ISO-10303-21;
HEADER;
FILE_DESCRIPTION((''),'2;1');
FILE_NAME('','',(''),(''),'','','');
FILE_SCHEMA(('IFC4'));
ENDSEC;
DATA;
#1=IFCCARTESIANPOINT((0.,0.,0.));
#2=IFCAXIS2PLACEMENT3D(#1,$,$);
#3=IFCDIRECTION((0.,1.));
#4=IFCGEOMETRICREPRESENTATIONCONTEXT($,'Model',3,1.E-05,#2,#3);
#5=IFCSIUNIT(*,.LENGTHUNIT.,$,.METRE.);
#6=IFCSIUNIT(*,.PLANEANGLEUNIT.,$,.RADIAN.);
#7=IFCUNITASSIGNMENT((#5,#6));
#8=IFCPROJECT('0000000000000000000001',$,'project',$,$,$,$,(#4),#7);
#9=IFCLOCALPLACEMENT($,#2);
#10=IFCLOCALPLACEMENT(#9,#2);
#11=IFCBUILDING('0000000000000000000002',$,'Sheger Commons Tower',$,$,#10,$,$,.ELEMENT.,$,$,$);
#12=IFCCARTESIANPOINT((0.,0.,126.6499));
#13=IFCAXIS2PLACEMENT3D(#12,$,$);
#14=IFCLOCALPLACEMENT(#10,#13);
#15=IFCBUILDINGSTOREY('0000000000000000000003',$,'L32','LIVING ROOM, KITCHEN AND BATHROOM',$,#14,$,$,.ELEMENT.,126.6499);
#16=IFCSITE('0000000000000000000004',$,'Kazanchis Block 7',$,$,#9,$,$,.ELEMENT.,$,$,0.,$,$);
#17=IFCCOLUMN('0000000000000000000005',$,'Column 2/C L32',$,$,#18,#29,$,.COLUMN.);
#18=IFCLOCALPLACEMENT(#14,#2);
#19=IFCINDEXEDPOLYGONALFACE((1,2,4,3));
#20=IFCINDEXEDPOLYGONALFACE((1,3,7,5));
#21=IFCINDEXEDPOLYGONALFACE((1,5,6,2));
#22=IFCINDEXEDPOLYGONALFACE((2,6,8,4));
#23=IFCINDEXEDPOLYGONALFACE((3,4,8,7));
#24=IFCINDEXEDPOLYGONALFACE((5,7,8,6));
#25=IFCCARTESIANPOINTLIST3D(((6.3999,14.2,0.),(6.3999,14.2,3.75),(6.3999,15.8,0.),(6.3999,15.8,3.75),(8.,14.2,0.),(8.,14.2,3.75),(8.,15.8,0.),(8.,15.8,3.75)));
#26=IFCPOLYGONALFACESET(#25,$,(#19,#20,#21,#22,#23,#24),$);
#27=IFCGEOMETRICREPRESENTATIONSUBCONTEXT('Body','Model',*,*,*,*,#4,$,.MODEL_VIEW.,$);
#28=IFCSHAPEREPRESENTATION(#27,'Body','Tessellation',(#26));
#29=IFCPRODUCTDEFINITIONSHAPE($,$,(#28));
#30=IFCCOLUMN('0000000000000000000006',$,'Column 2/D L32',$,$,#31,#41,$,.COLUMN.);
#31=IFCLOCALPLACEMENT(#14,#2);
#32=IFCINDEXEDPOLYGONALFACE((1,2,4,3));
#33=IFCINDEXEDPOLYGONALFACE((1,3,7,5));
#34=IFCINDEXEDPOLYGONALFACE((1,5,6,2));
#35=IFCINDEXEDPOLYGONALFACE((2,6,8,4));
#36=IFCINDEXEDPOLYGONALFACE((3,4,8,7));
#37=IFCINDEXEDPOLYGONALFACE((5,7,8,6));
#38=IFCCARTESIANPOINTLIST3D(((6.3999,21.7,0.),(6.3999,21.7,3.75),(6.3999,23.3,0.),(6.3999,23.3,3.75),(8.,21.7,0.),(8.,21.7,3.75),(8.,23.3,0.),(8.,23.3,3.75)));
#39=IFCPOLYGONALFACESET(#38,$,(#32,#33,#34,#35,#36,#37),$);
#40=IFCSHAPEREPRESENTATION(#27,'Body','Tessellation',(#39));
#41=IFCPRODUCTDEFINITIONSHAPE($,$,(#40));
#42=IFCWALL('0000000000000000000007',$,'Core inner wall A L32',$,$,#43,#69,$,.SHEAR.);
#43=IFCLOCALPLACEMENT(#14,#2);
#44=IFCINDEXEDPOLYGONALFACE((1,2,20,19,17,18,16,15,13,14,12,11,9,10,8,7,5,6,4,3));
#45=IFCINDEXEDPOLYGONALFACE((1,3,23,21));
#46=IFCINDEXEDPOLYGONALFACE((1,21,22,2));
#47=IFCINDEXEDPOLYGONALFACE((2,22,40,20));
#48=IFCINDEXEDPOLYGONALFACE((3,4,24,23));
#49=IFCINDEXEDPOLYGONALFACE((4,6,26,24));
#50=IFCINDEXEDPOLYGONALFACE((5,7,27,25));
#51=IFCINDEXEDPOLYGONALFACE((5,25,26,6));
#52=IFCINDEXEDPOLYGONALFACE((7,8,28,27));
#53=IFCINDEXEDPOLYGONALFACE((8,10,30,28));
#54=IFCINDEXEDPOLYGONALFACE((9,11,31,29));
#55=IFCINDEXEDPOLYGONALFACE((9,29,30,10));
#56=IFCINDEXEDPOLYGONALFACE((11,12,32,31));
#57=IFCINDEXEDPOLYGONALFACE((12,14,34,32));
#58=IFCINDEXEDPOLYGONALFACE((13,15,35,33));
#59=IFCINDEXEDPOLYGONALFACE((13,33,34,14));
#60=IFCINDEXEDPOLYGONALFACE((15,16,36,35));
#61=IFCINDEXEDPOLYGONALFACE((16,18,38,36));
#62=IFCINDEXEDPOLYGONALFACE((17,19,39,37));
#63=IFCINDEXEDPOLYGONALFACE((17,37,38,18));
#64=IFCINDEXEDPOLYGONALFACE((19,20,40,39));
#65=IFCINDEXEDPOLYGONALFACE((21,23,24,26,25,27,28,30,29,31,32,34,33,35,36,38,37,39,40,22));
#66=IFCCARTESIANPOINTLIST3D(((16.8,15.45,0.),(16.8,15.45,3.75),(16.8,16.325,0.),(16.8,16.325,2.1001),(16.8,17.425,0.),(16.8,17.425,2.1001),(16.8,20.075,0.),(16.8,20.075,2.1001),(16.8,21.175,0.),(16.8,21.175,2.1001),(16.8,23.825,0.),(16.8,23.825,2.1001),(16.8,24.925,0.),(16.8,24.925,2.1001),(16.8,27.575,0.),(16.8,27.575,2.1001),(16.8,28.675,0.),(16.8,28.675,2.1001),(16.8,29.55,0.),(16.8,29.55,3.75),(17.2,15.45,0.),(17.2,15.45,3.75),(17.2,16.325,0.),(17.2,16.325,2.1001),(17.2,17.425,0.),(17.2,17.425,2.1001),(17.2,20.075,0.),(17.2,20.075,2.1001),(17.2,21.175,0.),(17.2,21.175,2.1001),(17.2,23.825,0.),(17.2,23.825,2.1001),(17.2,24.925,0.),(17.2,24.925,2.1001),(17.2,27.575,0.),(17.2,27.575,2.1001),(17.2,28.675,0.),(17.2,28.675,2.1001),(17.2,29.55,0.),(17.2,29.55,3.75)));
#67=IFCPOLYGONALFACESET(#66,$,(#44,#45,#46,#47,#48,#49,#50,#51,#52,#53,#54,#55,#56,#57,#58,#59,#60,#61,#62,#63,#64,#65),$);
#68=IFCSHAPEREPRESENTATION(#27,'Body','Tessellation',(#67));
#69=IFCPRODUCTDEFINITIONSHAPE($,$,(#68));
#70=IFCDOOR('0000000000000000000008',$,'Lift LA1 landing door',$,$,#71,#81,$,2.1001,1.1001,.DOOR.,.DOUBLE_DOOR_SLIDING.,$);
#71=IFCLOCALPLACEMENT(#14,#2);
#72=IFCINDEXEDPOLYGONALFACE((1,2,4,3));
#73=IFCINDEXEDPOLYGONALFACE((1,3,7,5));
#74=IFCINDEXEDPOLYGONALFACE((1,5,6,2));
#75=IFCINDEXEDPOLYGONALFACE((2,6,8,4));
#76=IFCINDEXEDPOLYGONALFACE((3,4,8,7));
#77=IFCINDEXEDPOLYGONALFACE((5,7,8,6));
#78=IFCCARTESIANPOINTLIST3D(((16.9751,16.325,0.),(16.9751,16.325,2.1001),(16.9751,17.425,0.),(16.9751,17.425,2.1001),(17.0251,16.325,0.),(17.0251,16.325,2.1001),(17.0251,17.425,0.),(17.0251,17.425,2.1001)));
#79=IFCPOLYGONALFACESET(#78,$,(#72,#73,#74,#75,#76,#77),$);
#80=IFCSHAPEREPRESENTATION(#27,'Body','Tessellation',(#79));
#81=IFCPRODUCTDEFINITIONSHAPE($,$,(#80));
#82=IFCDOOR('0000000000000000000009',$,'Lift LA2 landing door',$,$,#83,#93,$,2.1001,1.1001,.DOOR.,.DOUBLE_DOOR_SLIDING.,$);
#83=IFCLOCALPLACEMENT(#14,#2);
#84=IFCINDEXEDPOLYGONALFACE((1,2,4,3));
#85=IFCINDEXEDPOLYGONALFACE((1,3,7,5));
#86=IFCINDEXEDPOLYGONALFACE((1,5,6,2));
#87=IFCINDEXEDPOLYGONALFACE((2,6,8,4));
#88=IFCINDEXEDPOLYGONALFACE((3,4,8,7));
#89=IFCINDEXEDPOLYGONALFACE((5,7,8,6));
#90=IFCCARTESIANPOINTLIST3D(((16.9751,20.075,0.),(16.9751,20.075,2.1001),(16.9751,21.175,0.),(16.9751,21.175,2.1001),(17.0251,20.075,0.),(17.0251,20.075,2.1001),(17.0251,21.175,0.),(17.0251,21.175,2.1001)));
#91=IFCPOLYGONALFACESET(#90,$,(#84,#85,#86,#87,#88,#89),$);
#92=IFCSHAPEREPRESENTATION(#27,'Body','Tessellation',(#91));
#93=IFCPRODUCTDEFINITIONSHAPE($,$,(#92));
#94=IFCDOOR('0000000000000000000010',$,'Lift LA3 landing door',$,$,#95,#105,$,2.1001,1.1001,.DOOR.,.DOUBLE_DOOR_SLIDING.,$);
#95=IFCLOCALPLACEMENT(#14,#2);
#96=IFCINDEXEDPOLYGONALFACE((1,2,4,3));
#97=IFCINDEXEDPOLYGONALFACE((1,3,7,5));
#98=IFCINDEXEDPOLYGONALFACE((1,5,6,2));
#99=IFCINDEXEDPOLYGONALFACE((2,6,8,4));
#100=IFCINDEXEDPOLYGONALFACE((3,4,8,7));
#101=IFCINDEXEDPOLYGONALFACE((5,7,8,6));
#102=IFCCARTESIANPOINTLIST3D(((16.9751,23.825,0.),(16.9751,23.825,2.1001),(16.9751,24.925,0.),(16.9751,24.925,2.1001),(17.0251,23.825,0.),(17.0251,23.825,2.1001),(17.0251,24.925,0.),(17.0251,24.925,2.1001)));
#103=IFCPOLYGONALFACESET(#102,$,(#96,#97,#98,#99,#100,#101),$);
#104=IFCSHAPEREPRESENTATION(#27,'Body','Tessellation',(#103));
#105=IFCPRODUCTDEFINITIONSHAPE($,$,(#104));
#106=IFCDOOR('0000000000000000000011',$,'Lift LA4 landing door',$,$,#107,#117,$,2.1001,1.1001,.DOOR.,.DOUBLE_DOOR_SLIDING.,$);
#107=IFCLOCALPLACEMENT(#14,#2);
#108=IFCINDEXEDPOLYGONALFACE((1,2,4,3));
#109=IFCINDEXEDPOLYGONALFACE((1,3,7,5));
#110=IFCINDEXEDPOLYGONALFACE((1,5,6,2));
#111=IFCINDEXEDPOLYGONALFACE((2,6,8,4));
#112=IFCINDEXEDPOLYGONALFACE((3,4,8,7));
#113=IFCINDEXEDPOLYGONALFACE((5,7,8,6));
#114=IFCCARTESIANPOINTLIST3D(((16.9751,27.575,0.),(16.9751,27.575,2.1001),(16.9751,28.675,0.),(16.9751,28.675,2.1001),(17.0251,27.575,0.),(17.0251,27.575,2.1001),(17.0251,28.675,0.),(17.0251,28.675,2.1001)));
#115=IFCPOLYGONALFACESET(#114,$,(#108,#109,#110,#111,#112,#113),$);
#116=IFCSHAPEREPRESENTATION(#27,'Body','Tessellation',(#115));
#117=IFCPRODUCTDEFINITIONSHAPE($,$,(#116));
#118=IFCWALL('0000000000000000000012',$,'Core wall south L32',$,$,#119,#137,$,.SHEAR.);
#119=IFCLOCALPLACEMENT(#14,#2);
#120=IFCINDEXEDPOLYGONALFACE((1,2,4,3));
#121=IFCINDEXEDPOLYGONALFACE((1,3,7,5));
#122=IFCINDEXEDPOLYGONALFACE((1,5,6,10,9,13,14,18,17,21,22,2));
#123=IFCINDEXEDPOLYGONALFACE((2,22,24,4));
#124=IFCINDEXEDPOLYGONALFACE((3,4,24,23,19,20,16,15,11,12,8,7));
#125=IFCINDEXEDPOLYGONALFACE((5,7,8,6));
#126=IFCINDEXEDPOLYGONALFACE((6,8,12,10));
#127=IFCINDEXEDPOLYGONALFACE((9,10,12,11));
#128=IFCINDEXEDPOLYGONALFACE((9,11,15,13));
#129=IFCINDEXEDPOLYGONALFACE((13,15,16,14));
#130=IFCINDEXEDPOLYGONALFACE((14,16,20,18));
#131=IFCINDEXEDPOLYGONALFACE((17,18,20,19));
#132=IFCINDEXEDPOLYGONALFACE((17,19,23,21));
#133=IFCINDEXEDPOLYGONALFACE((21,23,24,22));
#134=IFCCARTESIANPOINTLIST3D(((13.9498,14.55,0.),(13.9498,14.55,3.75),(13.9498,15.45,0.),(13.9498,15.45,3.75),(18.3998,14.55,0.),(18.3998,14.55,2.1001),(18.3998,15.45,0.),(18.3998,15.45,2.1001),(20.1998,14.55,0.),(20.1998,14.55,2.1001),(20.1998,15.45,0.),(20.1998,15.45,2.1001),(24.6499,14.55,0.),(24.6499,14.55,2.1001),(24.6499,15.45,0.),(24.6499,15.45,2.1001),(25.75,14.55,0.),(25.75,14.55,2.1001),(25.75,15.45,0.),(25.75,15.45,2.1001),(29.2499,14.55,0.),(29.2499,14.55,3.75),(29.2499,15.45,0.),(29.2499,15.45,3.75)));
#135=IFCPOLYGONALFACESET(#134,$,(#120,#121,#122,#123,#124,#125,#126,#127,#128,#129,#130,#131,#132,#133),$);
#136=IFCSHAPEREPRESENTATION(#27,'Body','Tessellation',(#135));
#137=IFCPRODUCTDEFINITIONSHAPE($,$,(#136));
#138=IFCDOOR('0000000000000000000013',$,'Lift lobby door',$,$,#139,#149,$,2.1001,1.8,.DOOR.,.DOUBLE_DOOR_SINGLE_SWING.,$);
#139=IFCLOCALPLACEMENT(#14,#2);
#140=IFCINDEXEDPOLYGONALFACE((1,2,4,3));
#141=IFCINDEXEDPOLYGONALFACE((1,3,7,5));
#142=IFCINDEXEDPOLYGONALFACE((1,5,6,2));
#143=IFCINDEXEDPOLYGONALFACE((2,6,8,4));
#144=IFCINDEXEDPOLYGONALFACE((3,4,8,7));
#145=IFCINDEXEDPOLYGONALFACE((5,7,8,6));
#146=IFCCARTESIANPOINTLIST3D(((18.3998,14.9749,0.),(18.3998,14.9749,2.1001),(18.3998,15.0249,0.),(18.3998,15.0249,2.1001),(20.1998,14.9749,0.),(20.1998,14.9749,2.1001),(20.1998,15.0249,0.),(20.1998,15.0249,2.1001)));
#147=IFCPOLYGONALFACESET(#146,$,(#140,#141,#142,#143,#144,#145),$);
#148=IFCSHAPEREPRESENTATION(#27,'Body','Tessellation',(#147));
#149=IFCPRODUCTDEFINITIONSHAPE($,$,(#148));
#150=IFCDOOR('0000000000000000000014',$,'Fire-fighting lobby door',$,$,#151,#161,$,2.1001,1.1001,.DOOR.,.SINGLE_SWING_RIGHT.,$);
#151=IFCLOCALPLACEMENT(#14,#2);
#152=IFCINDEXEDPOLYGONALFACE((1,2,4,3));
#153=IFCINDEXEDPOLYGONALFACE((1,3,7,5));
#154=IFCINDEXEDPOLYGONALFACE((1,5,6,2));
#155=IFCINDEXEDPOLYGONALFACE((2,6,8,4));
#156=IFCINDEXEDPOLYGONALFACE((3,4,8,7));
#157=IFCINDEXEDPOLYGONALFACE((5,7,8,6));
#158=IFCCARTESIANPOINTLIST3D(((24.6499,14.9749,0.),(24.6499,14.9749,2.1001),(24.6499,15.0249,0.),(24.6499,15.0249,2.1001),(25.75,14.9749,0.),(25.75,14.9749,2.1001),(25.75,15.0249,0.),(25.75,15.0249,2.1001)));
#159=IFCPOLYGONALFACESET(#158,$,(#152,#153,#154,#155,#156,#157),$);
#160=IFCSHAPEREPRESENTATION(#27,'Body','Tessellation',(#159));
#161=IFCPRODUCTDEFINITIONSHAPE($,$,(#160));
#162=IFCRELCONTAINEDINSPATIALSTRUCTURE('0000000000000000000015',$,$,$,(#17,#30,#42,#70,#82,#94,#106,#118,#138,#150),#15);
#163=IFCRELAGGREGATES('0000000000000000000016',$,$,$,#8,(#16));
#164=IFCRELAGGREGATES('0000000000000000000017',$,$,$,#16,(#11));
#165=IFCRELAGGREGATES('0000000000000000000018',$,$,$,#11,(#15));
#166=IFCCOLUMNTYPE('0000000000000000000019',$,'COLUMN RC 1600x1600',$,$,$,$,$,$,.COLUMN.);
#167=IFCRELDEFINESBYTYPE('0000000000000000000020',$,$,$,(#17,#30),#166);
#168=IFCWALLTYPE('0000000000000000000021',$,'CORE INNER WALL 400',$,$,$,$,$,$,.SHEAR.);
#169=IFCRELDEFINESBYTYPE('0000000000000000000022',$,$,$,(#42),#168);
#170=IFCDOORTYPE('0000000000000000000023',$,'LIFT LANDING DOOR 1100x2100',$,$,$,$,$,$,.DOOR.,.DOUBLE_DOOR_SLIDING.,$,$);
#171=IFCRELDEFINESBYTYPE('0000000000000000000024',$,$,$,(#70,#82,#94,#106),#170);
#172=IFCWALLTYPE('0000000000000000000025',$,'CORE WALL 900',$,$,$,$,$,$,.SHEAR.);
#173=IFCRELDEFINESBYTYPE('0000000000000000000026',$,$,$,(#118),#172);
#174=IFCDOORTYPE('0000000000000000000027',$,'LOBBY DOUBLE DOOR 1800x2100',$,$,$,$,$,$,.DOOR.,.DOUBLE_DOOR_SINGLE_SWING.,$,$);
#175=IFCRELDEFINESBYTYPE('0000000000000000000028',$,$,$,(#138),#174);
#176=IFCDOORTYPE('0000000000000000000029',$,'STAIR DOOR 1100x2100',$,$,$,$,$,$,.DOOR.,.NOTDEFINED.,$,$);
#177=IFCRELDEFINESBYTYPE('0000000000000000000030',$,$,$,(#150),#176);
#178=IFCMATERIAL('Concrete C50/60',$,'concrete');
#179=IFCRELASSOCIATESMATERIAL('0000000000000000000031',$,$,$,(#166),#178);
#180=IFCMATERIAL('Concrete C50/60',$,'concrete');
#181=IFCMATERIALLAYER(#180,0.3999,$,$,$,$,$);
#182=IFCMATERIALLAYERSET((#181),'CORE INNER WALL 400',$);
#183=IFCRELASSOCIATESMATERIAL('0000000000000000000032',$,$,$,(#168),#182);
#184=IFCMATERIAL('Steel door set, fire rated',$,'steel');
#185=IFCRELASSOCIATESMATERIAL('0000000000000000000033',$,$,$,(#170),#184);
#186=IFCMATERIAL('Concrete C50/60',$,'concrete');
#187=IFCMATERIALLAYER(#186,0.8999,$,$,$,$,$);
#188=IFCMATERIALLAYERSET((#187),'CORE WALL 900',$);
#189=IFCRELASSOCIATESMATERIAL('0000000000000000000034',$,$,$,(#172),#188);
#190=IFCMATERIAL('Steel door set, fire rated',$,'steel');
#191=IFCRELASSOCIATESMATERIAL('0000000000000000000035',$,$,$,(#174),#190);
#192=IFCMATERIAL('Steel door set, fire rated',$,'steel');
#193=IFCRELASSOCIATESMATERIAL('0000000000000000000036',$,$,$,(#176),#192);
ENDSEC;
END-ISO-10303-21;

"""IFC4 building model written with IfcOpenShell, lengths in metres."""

from ifc_helpers import new_model, si_unit, direction, frame, frame_2d, origin, origin_2d, place, context, subcontext, project, spatial, rectangle, extrude, material, layer, layer_set, material_profile, profile_set, type_object, element, fill, save


model = new_model("IFC4")

# Units and contexts
model_context = context("Model", 3, precision=1e-05, world=origin(), true_north=direction((0.0, 1.0)))
body_context = subcontext(model_context, "Body", "Model", "MODEL_VIEW")
ifc_project = project(units=[si_unit("LENGTHUNIT", "METRE"), si_unit("PLANEANGLEUNIT", "RADIAN")], contexts=[model_context])

# Site, building, storey
site_placement = place(None, origin())
site = spatial("IfcSite", under=ifc_project, at=site_placement, Name="Kazanchis Block 7", CompositionType="ELEMENT", RefElevation=0.0)
building_placement = place(site_placement, origin())
building = spatial("IfcBuilding", under=site, at=building_placement, Name="Sheger Commons Tower", CompositionType="ELEMENT")
storey_placement = place(building_placement, frame((0.0, 0.0, 126.6499)))
storey = spatial("IfcBuildingStorey", under=building, at=storey_placement, Name="L32", Description="LIVING ROOM, KITCHEN AND BATHROOM", CompositionType="ELEMENT", Elevation=126.6499)

# Columns
ifc_material_1 = material(Name="Concrete C50/60", Category="concrete")
ifc_material_profile = material_profile(ifc_material_1, rectangle(XDim=1.6001, YDim=1.6001, at=origin_2d()), Name="RC 1600x1600")
ifc_profile_set = profile_set([ifc_material_profile], Name="Concrete C50/60")
column_type = type_object("IfcColumnType", Name="COLUMN RC 1600x1600", PredefinedType="COLUMN", material=ifc_profile_set)
for number, where, z_axis, x_axis, name in (
    (1, (7.2, 15.0, 0.0), (0.0, 0.0, 1.0), (1.0, 0.0, 0.0), "Column 2/C L32"),
    (2, (7.2, 22.5, 0.0), (0.0, 0.0, 1.0), (1.0, 0.0, 0.0), "Column 2/D L32"),
):
    element("IfcColumn", number, at=place(storey_placement, frame(where, z_axis=z_axis, x_axis=x_axis)), inside=storey, type_object=column_type, Name=name, PredefinedType="COLUMN", context=body_context, shape_type="SweptSolid", body=[
        extrude(rectangle(XDim=1.6001, YDim=1.6001, at=origin_2d()), origin(), (0.0, 0.0, 1.0), 3.75),
    ])

# Walls, openings, doors
ifc_material_2 = material(Name="Concrete C50/60", Category="concrete")
ifc_layer_1 = layer(ifc_material_2, 0.3999)
ifc_layer_set_1 = layer_set([ifc_layer_1], Name="CORE INNER WALL 400")
wall_type_1 = type_object("IfcWallType", Name="CORE INNER WALL 400", PredefinedType="SHEAR", material=ifc_layer_set_1)
wall_1_placement = place(storey_placement, frame((17.0, 15.45, 0.0), z_axis=(0.0, 0.0, 1.0), x_axis=(0.0, 1.0, 0.0)))
wall_1 = element("IfcWall", 3, at=wall_1_placement, inside=storey, type_object=wall_type_1, Name="Core inner wall A L32", PredefinedType="SHEAR", context=body_context, shape_type="SweptSolid", body=[
    extrude(rectangle(XDim=14.1001, YDim=0.3999, at=frame_2d((7.05, 0.0))), origin(), (0.0, 0.0, 1.0), 3.75),
])
opening_1_placement = place(wall_1_placement, frame((0.875, 0.0, 0.0)))
opening_1 = element("IfcOpeningElement", 4, at=opening_1_placement, cuts=wall_1, PredefinedType="OPENING", context=body_context, shape_type="SweptSolid", body=[
    extrude(rectangle(XDim=1.1001, YDim=2.1001, at=frame_2d((0.55, 1.05))), frame((0.0, 0.21, 0.0), z_axis=(0.0, -1.0, 0.0), x_axis=(1.0, 0.0, 0.0)), (0.0, 0.0, 1.0), 0.4199),
])
opening_2_placement = place(wall_1_placement, frame((4.625, 0.0, 0.0)))
opening_2 = element("IfcOpeningElement", 5, at=opening_2_placement, cuts=wall_1, PredefinedType="OPENING", context=body_context, shape_type="SweptSolid", body=[
    extrude(rectangle(XDim=1.1001, YDim=2.1001, at=frame_2d((0.55, 1.05))), frame((0.0, 0.21, 0.0), z_axis=(0.0, -1.0, 0.0), x_axis=(1.0, 0.0, 0.0)), (0.0, 0.0, 1.0), 0.4199),
])
opening_3_placement = place(wall_1_placement, frame((8.375, 0.0, 0.0)))
opening_3 = element("IfcOpeningElement", 6, at=opening_3_placement, cuts=wall_1, PredefinedType="OPENING", context=body_context, shape_type="SweptSolid", body=[
    extrude(rectangle(XDim=1.1001, YDim=2.1001, at=frame_2d((0.55, 1.05))), frame((0.0, 0.21, 0.0), z_axis=(0.0, -1.0, 0.0), x_axis=(1.0, 0.0, 0.0)), (0.0, 0.0, 1.0), 0.4199),
])
opening_4_placement = place(wall_1_placement, frame((12.125, 0.0, 0.0)))
opening_4 = element("IfcOpeningElement", 7, at=opening_4_placement, cuts=wall_1, PredefinedType="OPENING", context=body_context, shape_type="SweptSolid", body=[
    extrude(rectangle(XDim=1.1001, YDim=2.1001, at=frame_2d((0.55, 1.05))), frame((0.0, 0.21, 0.0), z_axis=(0.0, -1.0, 0.0), x_axis=(1.0, 0.0, 0.0)), (0.0, 0.0, 1.0), 0.4199),
])
ifc_material_3 = material(Name="Steel door set, fire rated", Category="steel")
door_type_1 = type_object("IfcDoorType", Name="LIFT LANDING DOOR 1100x2100", OperationType="DOUBLE_DOOR_SLIDING", PredefinedType="DOOR", material=ifc_material_3)
door_1_placement = place(opening_1_placement, origin())
door_1 = element("IfcDoor", 8, at=door_1_placement, inside=storey, type_object=door_type_1, Name="Lift LA1 landing door", OperationType="DOUBLE_DOOR_SLIDING", OverallHeight=2.1001, OverallWidth=1.1001, PredefinedType="DOOR", context=body_context, shape_type="SweptSolid", body=[
    extrude(rectangle(XDim=1.1001, YDim=2.1001, at=frame_2d((0.55, 1.05))), frame((0.0, 0.0249, 0.0), z_axis=(0.0, -1.0, 0.0), x_axis=(1.0, 0.0, 0.0)), (0.0, 0.0, 1.0), 0.05),
])
fill(opening_1, door_1)
door_2_placement = place(opening_2_placement, origin())
door_2 = element("IfcDoor", 9, at=door_2_placement, inside=storey, type_object=door_type_1, Name="Lift LA2 landing door", OperationType="DOUBLE_DOOR_SLIDING", OverallHeight=2.1001, OverallWidth=1.1001, PredefinedType="DOOR", context=body_context, shape_type="SweptSolid", body=[
    extrude(rectangle(XDim=1.1001, YDim=2.1001, at=frame_2d((0.55, 1.05))), frame((0.0, 0.0249, 0.0), z_axis=(0.0, -1.0, 0.0), x_axis=(1.0, 0.0, 0.0)), (0.0, 0.0, 1.0), 0.05),
])
fill(opening_2, door_2)
door_3_placement = place(opening_3_placement, origin())
door_3 = element("IfcDoor", 10, at=door_3_placement, inside=storey, type_object=door_type_1, Name="Lift LA3 landing door", OperationType="DOUBLE_DOOR_SLIDING", OverallHeight=2.1001, OverallWidth=1.1001, PredefinedType="DOOR", context=body_context, shape_type="SweptSolid", body=[
    extrude(rectangle(XDim=1.1001, YDim=2.1001, at=frame_2d((0.55, 1.05))), frame((0.0, 0.0249, 0.0), z_axis=(0.0, -1.0, 0.0), x_axis=(1.0, 0.0, 0.0)), (0.0, 0.0, 1.0), 0.05),
])
fill(opening_3, door_3)
door_4_placement = place(opening_4_placement, origin())
door_4 = element("IfcDoor", 11, at=door_4_placement, inside=storey, type_object=door_type_1, Name="Lift LA4 landing door", OperationType="DOUBLE_DOOR_SLIDING", OverallHeight=2.1001, OverallWidth=1.1001, PredefinedType="DOOR", context=body_context, shape_type="SweptSolid", body=[
    extrude(rectangle(XDim=1.1001, YDim=2.1001, at=frame_2d((0.55, 1.05))), frame((0.0, 0.0249, 0.0), z_axis=(0.0, -1.0, 0.0), x_axis=(1.0, 0.0, 0.0)), (0.0, 0.0, 1.0), 0.05),
])
fill(opening_4, door_4)
ifc_material_4 = material(Name="Concrete C50/60", Category="concrete")
ifc_layer_2 = layer(ifc_material_4, 0.8999)
ifc_layer_set_2 = layer_set([ifc_layer_2], Name="CORE WALL 900")
wall_type_2 = type_object("IfcWallType", Name="CORE WALL 900", PredefinedType="SHEAR", material=ifc_layer_set_2)
wall_2_placement = place(storey_placement, frame((13.95, 15.0, 0.0), z_axis=(0.0, 0.0, 1.0), x_axis=(1.0, 0.0, 0.0)))
wall_2 = element("IfcWall", 12, at=wall_2_placement, inside=storey, type_object=wall_type_2, Name="Core wall south L32", PredefinedType="SHEAR", context=body_context, shape_type="SweptSolid", body=[
    extrude(rectangle(XDim=15.3, YDim=0.8999, at=frame_2d((7.6499, 0.0))), origin(), (0.0, 0.0, 1.0), 3.75),
])
opening_5_placement = place(wall_2_placement, frame((4.45, 0.0, 0.0)))
opening_5 = element("IfcOpeningElement", 13, at=opening_5_placement, cuts=wall_2, PredefinedType="OPENING", context=body_context, shape_type="SweptSolid", body=[
    extrude(rectangle(XDim=1.8, YDim=2.1001, at=frame_2d((0.8999, 1.05))), frame((0.0, 0.46, 0.0), z_axis=(0.0, -1.0, 0.0), x_axis=(1.0, 0.0, 0.0)), (0.0, 0.0, 1.0), 0.9199),
])
opening_6_placement = place(wall_2_placement, frame((10.7, 0.0, 0.0)))
opening_6 = element("IfcOpeningElement", 14, at=opening_6_placement, cuts=wall_2, PredefinedType="OPENING", context=body_context, shape_type="SweptSolid", body=[
    extrude(rectangle(XDim=1.1001, YDim=2.1001, at=frame_2d((0.55, 1.05))), frame((0.0, 0.46, 0.0), z_axis=(0.0, -1.0, 0.0), x_axis=(1.0, 0.0, 0.0)), (0.0, 0.0, 1.0), 0.9199),
])
ifc_material_5 = material(Name="Steel door set, fire rated", Category="steel")
door_type_2 = type_object("IfcDoorType", Name="LOBBY DOUBLE DOOR 1800x2100", OperationType="DOUBLE_DOOR_SINGLE_SWING", PredefinedType="DOOR", material=ifc_material_5)
door_5_placement = place(opening_5_placement, origin())
door_5 = element("IfcDoor", 15, at=door_5_placement, inside=storey, type_object=door_type_2, Name="Lift lobby door", OperationType="DOUBLE_DOOR_SINGLE_SWING", OverallHeight=2.1001, OverallWidth=1.8, PredefinedType="DOOR", context=body_context, shape_type="SweptSolid", body=[
    extrude(rectangle(XDim=1.8, YDim=2.1001, at=frame_2d((0.8999, 1.05))), frame((0.0, 0.0249, 0.0), z_axis=(0.0, -1.0, 0.0), x_axis=(1.0, 0.0, 0.0)), (0.0, 0.0, 1.0), 0.05),
])
fill(opening_5, door_5)
ifc_material_6 = material(Name="Steel door set, fire rated", Category="steel")
door_type_3 = type_object("IfcDoorType", Name="STAIR DOOR 1100x2100", OperationType="NOTDEFINED", PredefinedType="DOOR", material=ifc_material_6)
door_6_placement = place(opening_6_placement, origin())
door_6 = element("IfcDoor", 16, at=door_6_placement, inside=storey, type_object=door_type_3, Name="Fire-fighting lobby door", OperationType="SINGLE_SWING_RIGHT", OverallHeight=2.1001, OverallWidth=1.1001, PredefinedType="DOOR", context=body_context, shape_type="SweptSolid", body=[
    extrude(rectangle(XDim=1.1001, YDim=2.1001, at=frame_2d((0.55, 1.05))), frame((0.0, 0.0249, 0.0), z_axis=(0.0, -1.0, 0.0), x_axis=(1.0, 0.0, 0.0)), (0.0, 0.0, 1.0), 0.05),
])
fill(opening_6, door_6)

save(model, "model.ifc")
